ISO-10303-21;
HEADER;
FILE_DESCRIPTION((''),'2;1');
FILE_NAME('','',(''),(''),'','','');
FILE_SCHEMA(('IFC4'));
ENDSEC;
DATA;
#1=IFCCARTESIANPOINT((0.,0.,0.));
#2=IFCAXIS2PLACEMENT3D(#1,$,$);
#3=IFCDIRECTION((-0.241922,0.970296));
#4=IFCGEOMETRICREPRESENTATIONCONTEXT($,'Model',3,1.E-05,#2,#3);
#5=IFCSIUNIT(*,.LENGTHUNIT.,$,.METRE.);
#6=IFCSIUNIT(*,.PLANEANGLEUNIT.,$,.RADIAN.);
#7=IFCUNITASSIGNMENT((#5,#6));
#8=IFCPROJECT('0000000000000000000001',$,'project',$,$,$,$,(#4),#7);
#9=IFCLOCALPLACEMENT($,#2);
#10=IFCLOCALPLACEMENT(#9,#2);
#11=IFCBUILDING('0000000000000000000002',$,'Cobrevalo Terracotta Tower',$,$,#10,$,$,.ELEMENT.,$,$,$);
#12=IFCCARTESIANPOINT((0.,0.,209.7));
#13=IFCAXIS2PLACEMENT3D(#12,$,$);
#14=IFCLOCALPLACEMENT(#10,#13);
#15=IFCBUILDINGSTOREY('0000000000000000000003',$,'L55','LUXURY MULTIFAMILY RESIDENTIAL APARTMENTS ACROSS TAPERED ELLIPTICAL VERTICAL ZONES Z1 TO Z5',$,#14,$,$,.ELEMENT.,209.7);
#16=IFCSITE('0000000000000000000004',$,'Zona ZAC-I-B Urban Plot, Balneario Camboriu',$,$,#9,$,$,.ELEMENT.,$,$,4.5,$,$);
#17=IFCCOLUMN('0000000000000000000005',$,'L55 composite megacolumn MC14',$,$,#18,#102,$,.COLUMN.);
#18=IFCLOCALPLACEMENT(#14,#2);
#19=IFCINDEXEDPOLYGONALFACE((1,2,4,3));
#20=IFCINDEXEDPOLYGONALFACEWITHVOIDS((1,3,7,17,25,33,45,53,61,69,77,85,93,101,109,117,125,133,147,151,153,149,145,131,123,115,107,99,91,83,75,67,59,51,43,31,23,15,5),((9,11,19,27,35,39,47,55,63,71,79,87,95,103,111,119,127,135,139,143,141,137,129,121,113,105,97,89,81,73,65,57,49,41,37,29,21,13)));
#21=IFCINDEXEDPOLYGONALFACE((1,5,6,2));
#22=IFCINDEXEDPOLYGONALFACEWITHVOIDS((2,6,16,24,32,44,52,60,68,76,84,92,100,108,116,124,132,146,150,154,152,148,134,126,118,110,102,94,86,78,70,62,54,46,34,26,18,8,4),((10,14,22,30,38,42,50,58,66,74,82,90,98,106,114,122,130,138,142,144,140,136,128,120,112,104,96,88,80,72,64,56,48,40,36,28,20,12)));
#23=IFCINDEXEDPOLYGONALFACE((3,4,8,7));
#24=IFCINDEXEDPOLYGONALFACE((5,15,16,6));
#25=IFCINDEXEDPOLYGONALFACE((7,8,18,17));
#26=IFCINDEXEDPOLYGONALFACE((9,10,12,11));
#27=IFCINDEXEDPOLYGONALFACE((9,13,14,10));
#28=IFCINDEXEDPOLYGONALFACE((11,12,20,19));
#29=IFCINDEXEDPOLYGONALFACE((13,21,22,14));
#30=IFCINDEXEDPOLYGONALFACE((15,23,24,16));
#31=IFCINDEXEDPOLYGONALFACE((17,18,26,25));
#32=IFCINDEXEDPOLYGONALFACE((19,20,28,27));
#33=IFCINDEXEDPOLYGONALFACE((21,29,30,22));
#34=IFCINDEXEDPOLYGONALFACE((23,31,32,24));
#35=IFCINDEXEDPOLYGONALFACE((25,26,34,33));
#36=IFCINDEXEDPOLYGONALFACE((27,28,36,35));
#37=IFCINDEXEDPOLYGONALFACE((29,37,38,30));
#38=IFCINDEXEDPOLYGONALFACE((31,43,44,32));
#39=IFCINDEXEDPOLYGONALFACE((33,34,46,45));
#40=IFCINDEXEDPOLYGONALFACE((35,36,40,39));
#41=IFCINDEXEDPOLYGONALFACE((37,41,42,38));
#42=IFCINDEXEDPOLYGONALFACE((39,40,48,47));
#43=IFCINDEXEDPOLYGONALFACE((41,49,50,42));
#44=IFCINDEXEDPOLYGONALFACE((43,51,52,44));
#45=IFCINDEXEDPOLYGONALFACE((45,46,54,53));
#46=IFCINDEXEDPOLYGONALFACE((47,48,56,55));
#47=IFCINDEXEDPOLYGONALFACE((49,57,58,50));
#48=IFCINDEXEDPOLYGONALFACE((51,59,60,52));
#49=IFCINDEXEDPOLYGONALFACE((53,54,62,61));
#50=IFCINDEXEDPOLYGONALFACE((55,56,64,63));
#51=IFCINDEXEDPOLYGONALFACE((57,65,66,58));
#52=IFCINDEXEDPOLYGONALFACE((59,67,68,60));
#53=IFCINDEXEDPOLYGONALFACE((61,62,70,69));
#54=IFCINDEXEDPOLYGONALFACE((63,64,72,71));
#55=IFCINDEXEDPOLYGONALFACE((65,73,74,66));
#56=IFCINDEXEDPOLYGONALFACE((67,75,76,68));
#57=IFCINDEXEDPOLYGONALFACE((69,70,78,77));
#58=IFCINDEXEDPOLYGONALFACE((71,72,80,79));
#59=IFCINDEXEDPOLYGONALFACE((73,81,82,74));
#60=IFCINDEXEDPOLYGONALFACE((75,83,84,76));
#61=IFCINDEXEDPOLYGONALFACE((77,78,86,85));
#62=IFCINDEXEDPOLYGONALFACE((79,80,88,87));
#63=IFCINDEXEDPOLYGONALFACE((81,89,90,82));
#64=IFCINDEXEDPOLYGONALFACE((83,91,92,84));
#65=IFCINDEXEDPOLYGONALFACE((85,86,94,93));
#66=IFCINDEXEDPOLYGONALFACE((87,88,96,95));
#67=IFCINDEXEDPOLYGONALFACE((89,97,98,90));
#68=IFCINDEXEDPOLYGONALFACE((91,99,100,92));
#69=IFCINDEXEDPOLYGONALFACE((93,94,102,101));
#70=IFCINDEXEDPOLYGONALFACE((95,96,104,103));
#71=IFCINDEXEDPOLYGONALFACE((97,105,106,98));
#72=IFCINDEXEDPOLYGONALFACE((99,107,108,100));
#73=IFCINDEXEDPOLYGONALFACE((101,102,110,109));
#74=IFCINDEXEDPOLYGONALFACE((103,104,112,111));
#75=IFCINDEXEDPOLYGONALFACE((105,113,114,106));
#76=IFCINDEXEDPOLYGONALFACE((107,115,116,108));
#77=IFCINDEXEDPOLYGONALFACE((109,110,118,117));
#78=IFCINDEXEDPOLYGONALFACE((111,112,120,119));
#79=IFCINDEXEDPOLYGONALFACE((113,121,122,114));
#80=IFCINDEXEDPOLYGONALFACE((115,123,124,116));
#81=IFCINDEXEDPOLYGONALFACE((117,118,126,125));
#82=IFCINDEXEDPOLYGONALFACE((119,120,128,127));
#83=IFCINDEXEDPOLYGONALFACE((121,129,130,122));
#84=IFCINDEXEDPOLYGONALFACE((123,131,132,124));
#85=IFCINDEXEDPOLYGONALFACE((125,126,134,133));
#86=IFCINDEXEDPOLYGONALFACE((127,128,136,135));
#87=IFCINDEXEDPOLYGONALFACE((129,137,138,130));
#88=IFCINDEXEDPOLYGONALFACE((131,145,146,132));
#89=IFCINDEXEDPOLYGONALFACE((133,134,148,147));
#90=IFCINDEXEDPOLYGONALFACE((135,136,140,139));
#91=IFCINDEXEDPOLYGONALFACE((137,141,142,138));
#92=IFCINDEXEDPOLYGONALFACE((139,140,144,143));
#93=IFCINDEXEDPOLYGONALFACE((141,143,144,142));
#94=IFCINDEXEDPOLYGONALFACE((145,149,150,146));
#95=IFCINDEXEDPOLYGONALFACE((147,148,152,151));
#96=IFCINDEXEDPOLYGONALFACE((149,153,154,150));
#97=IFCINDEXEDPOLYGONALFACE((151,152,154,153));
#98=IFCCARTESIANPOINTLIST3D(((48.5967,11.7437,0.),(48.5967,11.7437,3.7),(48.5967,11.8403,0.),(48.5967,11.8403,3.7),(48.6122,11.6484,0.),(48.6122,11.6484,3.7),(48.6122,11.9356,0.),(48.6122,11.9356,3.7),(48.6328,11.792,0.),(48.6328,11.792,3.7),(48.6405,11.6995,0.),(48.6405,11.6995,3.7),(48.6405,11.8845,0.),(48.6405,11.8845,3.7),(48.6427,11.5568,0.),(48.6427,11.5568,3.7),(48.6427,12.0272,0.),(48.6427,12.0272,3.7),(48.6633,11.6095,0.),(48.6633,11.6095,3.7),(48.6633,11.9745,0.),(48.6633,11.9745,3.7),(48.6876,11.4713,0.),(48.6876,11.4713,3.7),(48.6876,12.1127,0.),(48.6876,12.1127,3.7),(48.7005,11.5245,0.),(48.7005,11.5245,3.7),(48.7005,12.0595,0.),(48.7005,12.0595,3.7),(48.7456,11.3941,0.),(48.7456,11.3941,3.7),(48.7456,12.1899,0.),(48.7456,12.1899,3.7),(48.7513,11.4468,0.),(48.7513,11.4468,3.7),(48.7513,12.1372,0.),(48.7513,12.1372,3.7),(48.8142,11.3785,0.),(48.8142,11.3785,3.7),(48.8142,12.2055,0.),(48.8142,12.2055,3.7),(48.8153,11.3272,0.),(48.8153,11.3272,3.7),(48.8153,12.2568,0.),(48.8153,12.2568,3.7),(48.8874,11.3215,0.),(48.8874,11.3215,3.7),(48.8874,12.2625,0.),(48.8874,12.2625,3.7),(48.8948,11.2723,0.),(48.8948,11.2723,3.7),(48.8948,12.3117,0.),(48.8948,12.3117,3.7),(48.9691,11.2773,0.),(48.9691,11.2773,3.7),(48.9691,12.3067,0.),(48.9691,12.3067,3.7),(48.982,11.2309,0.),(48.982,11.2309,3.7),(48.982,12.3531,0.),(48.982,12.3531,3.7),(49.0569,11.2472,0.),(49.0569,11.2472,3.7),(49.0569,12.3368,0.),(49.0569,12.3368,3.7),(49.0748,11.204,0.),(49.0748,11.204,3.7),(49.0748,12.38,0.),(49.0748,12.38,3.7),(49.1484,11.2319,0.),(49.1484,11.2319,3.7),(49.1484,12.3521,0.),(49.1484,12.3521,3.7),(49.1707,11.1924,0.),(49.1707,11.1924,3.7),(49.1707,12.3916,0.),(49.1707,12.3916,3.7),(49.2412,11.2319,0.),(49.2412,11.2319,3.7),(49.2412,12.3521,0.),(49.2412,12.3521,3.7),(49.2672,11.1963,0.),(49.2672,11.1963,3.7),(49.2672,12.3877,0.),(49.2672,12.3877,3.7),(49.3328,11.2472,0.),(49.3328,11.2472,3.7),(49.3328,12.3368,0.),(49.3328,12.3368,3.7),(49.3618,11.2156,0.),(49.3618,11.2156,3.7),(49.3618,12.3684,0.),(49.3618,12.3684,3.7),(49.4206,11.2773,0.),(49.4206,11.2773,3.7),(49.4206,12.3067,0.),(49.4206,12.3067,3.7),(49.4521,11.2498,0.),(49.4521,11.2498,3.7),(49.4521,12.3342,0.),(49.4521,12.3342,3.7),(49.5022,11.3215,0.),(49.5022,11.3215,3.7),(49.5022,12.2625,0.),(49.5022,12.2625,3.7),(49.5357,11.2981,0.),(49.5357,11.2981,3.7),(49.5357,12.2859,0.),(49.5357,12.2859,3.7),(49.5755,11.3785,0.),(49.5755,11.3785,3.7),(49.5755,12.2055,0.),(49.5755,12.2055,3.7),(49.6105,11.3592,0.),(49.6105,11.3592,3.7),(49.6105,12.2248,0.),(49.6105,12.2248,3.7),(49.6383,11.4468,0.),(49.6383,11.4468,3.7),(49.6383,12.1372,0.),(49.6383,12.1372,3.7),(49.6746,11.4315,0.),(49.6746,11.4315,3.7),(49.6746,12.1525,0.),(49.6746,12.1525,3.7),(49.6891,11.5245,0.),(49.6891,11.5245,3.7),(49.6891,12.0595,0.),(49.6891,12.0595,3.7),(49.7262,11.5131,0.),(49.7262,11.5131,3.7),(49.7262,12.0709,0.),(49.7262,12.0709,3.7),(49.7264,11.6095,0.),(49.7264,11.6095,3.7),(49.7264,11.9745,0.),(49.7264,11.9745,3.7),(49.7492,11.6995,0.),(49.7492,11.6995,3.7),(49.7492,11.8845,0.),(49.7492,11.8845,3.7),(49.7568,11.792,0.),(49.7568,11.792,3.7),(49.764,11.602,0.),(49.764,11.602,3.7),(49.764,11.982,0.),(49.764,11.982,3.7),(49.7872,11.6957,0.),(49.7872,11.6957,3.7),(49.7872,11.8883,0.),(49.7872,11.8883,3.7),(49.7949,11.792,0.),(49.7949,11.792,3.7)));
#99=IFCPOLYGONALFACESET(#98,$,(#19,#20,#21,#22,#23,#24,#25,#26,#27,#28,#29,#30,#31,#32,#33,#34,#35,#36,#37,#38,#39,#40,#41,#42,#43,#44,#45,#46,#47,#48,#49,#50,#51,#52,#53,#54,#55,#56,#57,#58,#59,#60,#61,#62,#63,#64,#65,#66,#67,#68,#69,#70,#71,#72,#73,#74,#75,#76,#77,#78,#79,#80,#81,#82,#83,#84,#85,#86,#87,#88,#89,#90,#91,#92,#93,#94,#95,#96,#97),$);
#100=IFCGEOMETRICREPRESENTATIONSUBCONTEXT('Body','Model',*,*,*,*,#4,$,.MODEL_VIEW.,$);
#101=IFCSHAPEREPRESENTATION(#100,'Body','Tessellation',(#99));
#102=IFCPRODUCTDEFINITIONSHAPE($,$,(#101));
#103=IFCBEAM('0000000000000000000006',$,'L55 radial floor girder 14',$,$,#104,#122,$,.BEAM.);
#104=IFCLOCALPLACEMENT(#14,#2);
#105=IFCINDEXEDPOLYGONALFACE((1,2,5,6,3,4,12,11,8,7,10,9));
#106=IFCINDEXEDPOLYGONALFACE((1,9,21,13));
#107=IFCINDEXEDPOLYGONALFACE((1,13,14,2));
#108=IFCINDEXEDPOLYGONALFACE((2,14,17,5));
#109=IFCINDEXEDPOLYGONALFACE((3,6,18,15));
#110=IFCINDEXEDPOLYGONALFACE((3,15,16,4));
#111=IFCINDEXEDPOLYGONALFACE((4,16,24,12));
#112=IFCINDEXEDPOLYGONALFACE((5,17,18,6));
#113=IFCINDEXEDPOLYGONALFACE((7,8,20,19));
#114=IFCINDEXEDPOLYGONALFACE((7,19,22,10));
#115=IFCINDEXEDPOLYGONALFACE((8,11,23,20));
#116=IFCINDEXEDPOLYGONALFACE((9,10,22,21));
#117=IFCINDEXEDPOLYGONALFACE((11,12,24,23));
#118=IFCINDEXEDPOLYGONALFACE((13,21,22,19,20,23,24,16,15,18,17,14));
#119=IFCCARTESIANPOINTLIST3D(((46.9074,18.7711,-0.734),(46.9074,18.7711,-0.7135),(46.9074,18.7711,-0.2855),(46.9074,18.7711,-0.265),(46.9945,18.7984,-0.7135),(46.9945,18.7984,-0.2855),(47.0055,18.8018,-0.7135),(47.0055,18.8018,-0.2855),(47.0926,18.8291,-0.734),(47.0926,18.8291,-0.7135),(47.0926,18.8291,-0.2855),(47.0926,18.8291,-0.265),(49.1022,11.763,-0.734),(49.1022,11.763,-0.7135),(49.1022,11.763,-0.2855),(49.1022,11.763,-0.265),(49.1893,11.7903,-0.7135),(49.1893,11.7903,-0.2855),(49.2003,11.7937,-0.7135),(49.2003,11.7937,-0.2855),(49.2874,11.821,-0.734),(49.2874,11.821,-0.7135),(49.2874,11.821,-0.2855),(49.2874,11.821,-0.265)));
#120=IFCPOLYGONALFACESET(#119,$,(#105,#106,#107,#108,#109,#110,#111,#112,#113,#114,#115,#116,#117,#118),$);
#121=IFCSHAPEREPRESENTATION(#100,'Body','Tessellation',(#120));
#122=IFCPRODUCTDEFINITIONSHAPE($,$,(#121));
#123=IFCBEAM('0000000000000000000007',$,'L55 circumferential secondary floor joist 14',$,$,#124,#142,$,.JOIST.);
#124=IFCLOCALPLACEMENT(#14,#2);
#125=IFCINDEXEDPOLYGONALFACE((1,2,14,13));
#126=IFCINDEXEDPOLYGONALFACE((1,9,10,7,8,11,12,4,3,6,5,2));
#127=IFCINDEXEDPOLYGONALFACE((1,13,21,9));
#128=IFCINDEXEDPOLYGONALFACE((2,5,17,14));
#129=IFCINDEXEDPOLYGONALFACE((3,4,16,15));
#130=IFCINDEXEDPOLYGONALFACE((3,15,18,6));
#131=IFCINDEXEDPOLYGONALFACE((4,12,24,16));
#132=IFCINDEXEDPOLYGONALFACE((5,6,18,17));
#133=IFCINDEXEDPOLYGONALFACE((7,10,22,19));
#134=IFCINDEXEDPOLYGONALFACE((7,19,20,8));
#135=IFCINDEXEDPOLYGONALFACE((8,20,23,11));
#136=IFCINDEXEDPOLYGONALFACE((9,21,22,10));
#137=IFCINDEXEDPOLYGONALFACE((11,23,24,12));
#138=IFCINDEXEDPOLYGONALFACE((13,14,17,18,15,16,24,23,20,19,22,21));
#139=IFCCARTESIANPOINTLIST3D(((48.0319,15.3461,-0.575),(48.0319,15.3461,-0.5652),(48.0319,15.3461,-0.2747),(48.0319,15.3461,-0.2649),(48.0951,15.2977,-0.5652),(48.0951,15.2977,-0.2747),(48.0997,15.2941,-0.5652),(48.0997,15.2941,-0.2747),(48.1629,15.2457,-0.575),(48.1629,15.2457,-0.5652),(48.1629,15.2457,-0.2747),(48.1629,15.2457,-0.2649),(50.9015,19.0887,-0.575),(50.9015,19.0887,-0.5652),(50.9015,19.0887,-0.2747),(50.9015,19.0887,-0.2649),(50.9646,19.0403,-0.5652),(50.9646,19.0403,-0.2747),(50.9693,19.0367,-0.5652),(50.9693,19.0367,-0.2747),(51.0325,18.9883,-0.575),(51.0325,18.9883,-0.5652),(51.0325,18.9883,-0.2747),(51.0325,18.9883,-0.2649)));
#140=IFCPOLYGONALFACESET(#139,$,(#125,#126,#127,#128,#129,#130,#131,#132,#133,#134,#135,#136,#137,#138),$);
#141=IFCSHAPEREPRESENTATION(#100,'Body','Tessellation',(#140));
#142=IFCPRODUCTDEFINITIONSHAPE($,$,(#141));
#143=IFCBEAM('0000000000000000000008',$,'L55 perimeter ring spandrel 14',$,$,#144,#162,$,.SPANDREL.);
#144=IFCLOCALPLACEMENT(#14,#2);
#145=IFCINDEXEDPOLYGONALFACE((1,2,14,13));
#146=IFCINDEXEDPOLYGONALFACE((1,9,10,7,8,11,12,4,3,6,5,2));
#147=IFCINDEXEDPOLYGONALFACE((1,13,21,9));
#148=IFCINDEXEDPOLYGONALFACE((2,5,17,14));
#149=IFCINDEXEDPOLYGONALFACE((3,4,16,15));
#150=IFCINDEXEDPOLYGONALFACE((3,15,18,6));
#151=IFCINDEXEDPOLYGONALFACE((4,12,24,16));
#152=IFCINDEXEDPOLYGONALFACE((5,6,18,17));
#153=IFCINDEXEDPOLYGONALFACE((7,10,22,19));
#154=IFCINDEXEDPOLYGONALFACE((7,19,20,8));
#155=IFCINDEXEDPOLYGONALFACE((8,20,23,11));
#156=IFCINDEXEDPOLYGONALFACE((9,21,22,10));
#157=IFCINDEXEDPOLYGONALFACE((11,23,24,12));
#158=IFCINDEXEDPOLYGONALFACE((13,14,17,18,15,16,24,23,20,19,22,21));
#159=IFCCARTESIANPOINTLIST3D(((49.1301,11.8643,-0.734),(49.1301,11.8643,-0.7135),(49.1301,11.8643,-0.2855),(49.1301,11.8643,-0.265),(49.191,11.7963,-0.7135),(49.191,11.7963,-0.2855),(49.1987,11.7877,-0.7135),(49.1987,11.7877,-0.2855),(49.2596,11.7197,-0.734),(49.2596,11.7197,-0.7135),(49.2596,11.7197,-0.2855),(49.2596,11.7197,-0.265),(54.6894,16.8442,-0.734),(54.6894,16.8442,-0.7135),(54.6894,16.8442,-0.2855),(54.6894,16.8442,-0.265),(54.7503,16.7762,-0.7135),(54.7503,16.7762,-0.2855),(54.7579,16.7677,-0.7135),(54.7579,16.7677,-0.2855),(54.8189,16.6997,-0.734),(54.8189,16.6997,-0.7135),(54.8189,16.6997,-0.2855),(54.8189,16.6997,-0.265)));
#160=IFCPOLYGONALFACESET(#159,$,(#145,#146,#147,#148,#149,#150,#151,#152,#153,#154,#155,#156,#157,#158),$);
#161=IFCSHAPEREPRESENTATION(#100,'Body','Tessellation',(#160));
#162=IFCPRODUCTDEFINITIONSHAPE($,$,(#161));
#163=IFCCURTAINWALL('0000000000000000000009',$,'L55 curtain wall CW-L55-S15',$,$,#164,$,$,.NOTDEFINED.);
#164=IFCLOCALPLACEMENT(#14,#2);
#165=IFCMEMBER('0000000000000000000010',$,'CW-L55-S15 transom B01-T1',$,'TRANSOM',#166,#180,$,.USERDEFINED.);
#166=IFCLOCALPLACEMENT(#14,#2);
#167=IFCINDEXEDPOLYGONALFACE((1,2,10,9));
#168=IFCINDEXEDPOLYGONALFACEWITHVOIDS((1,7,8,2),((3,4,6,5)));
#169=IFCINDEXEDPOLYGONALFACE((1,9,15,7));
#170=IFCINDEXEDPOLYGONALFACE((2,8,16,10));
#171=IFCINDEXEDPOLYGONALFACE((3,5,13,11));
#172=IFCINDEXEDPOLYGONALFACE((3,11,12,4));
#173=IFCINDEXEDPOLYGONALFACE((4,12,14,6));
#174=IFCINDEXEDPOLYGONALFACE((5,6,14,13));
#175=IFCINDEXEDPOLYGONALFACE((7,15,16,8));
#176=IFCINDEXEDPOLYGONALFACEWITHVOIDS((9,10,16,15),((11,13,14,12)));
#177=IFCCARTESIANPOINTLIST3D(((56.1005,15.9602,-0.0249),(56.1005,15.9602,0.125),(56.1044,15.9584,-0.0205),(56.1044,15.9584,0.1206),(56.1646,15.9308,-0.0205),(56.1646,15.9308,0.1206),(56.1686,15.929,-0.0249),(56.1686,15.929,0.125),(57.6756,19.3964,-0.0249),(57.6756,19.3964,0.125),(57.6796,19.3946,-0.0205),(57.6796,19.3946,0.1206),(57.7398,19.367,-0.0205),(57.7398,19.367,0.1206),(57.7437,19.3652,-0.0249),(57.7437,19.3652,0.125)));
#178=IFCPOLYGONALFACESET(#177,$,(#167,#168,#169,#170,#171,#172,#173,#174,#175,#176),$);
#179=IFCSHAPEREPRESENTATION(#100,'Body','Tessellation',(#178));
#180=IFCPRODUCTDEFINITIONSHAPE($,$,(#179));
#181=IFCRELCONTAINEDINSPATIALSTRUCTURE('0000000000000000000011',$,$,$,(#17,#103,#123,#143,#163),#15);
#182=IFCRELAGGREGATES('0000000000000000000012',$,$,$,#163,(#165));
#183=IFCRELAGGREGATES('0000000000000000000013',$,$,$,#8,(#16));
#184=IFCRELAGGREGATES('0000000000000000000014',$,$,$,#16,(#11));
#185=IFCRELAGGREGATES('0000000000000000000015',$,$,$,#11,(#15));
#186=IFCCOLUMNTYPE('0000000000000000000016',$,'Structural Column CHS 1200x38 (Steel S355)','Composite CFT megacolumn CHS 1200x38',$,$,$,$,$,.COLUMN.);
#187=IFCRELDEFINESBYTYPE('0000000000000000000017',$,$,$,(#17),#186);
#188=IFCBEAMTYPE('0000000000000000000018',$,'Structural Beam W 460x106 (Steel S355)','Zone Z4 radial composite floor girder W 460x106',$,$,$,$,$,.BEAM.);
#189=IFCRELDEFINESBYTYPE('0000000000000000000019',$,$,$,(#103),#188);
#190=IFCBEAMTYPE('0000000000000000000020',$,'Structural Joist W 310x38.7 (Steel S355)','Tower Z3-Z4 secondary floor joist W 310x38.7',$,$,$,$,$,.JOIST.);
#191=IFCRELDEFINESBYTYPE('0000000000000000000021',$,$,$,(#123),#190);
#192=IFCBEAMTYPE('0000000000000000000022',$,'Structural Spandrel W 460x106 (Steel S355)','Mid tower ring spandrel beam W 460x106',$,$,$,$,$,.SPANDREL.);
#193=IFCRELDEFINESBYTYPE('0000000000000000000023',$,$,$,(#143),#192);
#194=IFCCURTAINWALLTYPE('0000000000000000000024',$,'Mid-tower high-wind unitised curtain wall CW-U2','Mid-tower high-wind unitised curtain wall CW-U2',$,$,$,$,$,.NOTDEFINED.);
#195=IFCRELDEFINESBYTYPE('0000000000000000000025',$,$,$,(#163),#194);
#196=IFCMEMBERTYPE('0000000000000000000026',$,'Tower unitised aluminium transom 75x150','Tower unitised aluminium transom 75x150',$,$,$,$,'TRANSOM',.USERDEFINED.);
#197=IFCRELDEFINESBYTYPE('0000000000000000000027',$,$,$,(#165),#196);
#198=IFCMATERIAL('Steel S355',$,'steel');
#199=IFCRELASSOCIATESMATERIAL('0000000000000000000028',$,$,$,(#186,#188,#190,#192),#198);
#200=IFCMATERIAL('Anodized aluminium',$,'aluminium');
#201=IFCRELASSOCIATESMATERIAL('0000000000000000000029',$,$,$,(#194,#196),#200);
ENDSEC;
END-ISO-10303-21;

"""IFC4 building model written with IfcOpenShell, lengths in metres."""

from ifc_helpers import new_model, si_unit, direction, frame, origin, origin_2d, place, context, subcontext, project, spatial, hollow_rectangle, hollow_circle, i_section, extrude, source, transform, mapped, material, material_profile, profile_set, type_object, element, aggregate, save


model = new_model("IFC4")

# Units and contexts
model_context = context("Model", 3, precision=1e-05, world=origin(), true_north=direction((-0.241922, 0.970296)))
body_context = subcontext(model_context, "Body", "Model", "MODEL_VIEW")
ifc_project = project(units=[si_unit("LENGTHUNIT", "METRE"), si_unit("PLANEANGLEUNIT", "RADIAN")], contexts=[model_context])

# Site, building, storey
site_placement = place(None, origin())
site = spatial("IfcSite", under=ifc_project, at=site_placement, Name="Zona ZAC-I-B Urban Plot, Balneario Camboriu", CompositionType="ELEMENT", RefElevation=4.5)
building_placement = place(site_placement, origin())
building = spatial("IfcBuilding", under=site, at=building_placement, Name="Cobrevalo Terracotta Tower", CompositionType="ELEMENT")
storey_placement = place(building_placement, frame((0.0, 0.0, 209.7)))
storey = spatial("IfcBuildingStorey", under=building, at=storey_placement, Name="L55", Description="LUXURY MULTIFAMILY RESIDENTIAL APARTMENTS ACROSS TAPERED ELLIPTICAL VERTICAL ZONES Z1 TO Z5", CompositionType="ELEMENT", Elevation=209.7)

# Column
ifc_material_1 = material(Name="Steel S355", Category="steel")
ifc_material_profile_1 = material_profile(ifc_material_1, hollow_circle(Radius=0.6001, WallThickness=0.0381, at=origin_2d()), Name="CHS 1200x38")
ifc_profile_set_1 = profile_set([ifc_material_profile_1], Name="Steel S355")
column_type = type_object("IfcColumnType", Name="Structural Column CHS 1200x38 (Steel S355)", Description="Composite CFT megacolumn CHS 1200x38", PredefinedType="COLUMN", material=ifc_profile_set_1)
column_placement = place(storey_placement, frame((49.1948, 11.792, 0.0), z_axis=(0.0, 0.0, 1.0), x_axis=(1.0, 0.0, 0.0)))
element("IfcColumn", 1, at=column_placement, inside=storey, type_object=column_type, Name="L55 composite megacolumn MC14", PredefinedType="COLUMN", context=body_context, shape_type="SweptSolid", body=[
    extrude(hollow_circle(Radius=0.6001, WallThickness=0.0381, at=origin_2d()), origin(), (0.0, 0.0, 1.0), 3.7),
])

# Beams
ifc_material_profile_2 = material_profile(ifc_material_1, i_section(OverallWidth=0.1941, OverallDepth=0.469, WebThickness=0.0115, FlangeThickness=0.0205, at=origin_2d()), Name="W 460x106")
ifc_profile_set_2 = profile_set([ifc_material_profile_2], Name="Steel S355")
beam_type_1 = type_object("IfcBeamType", Name="Structural Beam W 460x106 (Steel S355)", Description="Zone Z4 radial composite floor girder W 460x106", PredefinedType="BEAM", material=ifc_profile_set_2)
beam_1_placement = place(storey_placement, frame((49.1948, 11.792, -0.4995), z_axis=(-0.298871, 0.954293, 0.0), x_axis=(-0.954293, -0.298871, 0.0)))
element("IfcBeam", 2, at=beam_1_placement, inside=storey, type_object=beam_type_1, Name="L55 radial floor girder 14", PredefinedType="BEAM", context=body_context, shape_type="SweptSolid", body=[
    extrude(i_section(OverallWidth=0.1941, OverallDepth=0.469, WebThickness=0.0115, FlangeThickness=0.0205, at=origin_2d()), origin(), (0.0, 0.0, 1.0), 7.3438),
])
ifc_material_profile_3 = material_profile(ifc_material_1, i_section(OverallWidth=0.165, OverallDepth=0.3101, WebThickness=0.0059, FlangeThickness=0.0098, at=origin_2d()), Name="W 310x38.7")
ifc_profile_set_3 = profile_set([ifc_material_profile_3], Name="Steel S355")
beam_type_2 = type_object("IfcBeamType", Name="Structural Joist W 310x38.7 (Steel S355)", Description="Tower Z3-Z4 secondary floor joist W 310x38.7", PredefinedType="JOIST", material=ifc_profile_set_3)
beam_2_placement = place(storey_placement, frame((48.0974, 15.2959, -0.4199), z_axis=(0.608464, 0.793581, 0.0), x_axis=(-0.793581, 0.608464, 0.0)))
element("IfcBeam", 3, at=beam_2_placement, inside=storey, type_object=beam_type_2, Name="L55 circumferential secondary floor joist 14", PredefinedType="JOIST", context=body_context, shape_type="SweptSolid", body=[
    extrude(i_section(OverallWidth=0.165, OverallDepth=0.3101, WebThickness=0.0059, FlangeThickness=0.0098, at=origin_2d()), origin(), (0.0, 0.0, 1.0), 4.7161),
])
ifc_material_profile_4 = material_profile(ifc_material_1, i_section(OverallWidth=0.1941, OverallDepth=0.469, WebThickness=0.0115, FlangeThickness=0.0205, at=origin_2d()), Name="W 460x106")
ifc_profile_set_4 = profile_set([ifc_material_profile_4], Name="Steel S355")
beam_type_3 = type_object("IfcBeamType", Name="Structural Spandrel W 460x106 (Steel S355)", Description="Mid tower ring spandrel beam W 460x106", PredefinedType="SPANDREL", material=ifc_profile_set_4)
beam_3_placement = place(storey_placement, frame((49.1948, 11.792, -0.4995), z_axis=(0.744852, 0.66723, 0.0), x_axis=(-0.66723, 0.744852, 0.0)))
element("IfcBeam", 4, at=beam_3_placement, inside=storey, type_object=beam_type_3, Name="L55 perimeter ring spandrel 14", PredefinedType="SPANDREL", context=body_context, shape_type="SweptSolid", body=[
    extrude(i_section(OverallWidth=0.1941, OverallDepth=0.469, WebThickness=0.0115, FlangeThickness=0.0205, at=origin_2d()), origin(), (0.0, 0.0, 1.0), 7.4636),
])

# Curtain wall, member
ifc_material_2 = material(Name="Anodized aluminium", Category="aluminium")
curtain_wall_type = type_object("IfcCurtainWallType", Name="Mid-tower high-wind unitised curtain wall CW-U2", Description="Mid-tower high-wind unitised curtain wall CW-U2", PredefinedType="NOTDEFINED", material=ifc_material_2)
curtain_wall_1_placement = place(storey_placement, origin())
curtain_wall_1 = element("IfcCurtainWall", 5, at=curtain_wall_1_placement, inside=storey, type_object=curtain_wall_type, Name="L55 curtain wall CW-L55-S15", PredefinedType="NOTDEFINED")
ifc_material_profile_5 = material_profile(ifc_material_2, hollow_rectangle(XDim=0.075, YDim=0.1499, WallThickness=0.0044, at=origin_2d()), Name="CWT 75x150")
ifc_profile_set_5 = profile_set([ifc_material_profile_5], Name="Anodized aluminium")
member_type_1 = type_object("IfcMemberType", Name="Tower unitised aluminium transom 75x150", Description="Tower unitised aluminium transom 75x150", ElementType="TRANSOM", PredefinedType="USERDEFINED", material=ifc_profile_set_5)
shared_shape_1 = source(origin(), body_context, "Body", "SweptSolid", [
    extrude(hollow_rectangle(XDim=0.075, YDim=0.1499, WallThickness=0.0044, at=origin_2d()), origin(), (0.0, 0.0, 1.0), 3.78),
])
member_1_placement = place(storey_placement, frame((56.1345, 15.9446, 0.05), z_axis=(0.416706, 0.909041, 0.0), x_axis=(-0.909041, 0.416706, 0.0)))
member_1 = element("IfcMember", 6, at=member_1_placement, type_object=member_type_1, Name="CW-L55-S15 transom B01-T1", ObjectType="TRANSOM", PredefinedType="USERDEFINED", context=body_context, shape_type="MappedRepresentation", body=[
    mapped(shared_shape_1, transform((0.0, 0.0, 0.0), scale=1.0)),
])

aggregate(curtain_wall_1, [member_1])

save(model, "model.ifc")
